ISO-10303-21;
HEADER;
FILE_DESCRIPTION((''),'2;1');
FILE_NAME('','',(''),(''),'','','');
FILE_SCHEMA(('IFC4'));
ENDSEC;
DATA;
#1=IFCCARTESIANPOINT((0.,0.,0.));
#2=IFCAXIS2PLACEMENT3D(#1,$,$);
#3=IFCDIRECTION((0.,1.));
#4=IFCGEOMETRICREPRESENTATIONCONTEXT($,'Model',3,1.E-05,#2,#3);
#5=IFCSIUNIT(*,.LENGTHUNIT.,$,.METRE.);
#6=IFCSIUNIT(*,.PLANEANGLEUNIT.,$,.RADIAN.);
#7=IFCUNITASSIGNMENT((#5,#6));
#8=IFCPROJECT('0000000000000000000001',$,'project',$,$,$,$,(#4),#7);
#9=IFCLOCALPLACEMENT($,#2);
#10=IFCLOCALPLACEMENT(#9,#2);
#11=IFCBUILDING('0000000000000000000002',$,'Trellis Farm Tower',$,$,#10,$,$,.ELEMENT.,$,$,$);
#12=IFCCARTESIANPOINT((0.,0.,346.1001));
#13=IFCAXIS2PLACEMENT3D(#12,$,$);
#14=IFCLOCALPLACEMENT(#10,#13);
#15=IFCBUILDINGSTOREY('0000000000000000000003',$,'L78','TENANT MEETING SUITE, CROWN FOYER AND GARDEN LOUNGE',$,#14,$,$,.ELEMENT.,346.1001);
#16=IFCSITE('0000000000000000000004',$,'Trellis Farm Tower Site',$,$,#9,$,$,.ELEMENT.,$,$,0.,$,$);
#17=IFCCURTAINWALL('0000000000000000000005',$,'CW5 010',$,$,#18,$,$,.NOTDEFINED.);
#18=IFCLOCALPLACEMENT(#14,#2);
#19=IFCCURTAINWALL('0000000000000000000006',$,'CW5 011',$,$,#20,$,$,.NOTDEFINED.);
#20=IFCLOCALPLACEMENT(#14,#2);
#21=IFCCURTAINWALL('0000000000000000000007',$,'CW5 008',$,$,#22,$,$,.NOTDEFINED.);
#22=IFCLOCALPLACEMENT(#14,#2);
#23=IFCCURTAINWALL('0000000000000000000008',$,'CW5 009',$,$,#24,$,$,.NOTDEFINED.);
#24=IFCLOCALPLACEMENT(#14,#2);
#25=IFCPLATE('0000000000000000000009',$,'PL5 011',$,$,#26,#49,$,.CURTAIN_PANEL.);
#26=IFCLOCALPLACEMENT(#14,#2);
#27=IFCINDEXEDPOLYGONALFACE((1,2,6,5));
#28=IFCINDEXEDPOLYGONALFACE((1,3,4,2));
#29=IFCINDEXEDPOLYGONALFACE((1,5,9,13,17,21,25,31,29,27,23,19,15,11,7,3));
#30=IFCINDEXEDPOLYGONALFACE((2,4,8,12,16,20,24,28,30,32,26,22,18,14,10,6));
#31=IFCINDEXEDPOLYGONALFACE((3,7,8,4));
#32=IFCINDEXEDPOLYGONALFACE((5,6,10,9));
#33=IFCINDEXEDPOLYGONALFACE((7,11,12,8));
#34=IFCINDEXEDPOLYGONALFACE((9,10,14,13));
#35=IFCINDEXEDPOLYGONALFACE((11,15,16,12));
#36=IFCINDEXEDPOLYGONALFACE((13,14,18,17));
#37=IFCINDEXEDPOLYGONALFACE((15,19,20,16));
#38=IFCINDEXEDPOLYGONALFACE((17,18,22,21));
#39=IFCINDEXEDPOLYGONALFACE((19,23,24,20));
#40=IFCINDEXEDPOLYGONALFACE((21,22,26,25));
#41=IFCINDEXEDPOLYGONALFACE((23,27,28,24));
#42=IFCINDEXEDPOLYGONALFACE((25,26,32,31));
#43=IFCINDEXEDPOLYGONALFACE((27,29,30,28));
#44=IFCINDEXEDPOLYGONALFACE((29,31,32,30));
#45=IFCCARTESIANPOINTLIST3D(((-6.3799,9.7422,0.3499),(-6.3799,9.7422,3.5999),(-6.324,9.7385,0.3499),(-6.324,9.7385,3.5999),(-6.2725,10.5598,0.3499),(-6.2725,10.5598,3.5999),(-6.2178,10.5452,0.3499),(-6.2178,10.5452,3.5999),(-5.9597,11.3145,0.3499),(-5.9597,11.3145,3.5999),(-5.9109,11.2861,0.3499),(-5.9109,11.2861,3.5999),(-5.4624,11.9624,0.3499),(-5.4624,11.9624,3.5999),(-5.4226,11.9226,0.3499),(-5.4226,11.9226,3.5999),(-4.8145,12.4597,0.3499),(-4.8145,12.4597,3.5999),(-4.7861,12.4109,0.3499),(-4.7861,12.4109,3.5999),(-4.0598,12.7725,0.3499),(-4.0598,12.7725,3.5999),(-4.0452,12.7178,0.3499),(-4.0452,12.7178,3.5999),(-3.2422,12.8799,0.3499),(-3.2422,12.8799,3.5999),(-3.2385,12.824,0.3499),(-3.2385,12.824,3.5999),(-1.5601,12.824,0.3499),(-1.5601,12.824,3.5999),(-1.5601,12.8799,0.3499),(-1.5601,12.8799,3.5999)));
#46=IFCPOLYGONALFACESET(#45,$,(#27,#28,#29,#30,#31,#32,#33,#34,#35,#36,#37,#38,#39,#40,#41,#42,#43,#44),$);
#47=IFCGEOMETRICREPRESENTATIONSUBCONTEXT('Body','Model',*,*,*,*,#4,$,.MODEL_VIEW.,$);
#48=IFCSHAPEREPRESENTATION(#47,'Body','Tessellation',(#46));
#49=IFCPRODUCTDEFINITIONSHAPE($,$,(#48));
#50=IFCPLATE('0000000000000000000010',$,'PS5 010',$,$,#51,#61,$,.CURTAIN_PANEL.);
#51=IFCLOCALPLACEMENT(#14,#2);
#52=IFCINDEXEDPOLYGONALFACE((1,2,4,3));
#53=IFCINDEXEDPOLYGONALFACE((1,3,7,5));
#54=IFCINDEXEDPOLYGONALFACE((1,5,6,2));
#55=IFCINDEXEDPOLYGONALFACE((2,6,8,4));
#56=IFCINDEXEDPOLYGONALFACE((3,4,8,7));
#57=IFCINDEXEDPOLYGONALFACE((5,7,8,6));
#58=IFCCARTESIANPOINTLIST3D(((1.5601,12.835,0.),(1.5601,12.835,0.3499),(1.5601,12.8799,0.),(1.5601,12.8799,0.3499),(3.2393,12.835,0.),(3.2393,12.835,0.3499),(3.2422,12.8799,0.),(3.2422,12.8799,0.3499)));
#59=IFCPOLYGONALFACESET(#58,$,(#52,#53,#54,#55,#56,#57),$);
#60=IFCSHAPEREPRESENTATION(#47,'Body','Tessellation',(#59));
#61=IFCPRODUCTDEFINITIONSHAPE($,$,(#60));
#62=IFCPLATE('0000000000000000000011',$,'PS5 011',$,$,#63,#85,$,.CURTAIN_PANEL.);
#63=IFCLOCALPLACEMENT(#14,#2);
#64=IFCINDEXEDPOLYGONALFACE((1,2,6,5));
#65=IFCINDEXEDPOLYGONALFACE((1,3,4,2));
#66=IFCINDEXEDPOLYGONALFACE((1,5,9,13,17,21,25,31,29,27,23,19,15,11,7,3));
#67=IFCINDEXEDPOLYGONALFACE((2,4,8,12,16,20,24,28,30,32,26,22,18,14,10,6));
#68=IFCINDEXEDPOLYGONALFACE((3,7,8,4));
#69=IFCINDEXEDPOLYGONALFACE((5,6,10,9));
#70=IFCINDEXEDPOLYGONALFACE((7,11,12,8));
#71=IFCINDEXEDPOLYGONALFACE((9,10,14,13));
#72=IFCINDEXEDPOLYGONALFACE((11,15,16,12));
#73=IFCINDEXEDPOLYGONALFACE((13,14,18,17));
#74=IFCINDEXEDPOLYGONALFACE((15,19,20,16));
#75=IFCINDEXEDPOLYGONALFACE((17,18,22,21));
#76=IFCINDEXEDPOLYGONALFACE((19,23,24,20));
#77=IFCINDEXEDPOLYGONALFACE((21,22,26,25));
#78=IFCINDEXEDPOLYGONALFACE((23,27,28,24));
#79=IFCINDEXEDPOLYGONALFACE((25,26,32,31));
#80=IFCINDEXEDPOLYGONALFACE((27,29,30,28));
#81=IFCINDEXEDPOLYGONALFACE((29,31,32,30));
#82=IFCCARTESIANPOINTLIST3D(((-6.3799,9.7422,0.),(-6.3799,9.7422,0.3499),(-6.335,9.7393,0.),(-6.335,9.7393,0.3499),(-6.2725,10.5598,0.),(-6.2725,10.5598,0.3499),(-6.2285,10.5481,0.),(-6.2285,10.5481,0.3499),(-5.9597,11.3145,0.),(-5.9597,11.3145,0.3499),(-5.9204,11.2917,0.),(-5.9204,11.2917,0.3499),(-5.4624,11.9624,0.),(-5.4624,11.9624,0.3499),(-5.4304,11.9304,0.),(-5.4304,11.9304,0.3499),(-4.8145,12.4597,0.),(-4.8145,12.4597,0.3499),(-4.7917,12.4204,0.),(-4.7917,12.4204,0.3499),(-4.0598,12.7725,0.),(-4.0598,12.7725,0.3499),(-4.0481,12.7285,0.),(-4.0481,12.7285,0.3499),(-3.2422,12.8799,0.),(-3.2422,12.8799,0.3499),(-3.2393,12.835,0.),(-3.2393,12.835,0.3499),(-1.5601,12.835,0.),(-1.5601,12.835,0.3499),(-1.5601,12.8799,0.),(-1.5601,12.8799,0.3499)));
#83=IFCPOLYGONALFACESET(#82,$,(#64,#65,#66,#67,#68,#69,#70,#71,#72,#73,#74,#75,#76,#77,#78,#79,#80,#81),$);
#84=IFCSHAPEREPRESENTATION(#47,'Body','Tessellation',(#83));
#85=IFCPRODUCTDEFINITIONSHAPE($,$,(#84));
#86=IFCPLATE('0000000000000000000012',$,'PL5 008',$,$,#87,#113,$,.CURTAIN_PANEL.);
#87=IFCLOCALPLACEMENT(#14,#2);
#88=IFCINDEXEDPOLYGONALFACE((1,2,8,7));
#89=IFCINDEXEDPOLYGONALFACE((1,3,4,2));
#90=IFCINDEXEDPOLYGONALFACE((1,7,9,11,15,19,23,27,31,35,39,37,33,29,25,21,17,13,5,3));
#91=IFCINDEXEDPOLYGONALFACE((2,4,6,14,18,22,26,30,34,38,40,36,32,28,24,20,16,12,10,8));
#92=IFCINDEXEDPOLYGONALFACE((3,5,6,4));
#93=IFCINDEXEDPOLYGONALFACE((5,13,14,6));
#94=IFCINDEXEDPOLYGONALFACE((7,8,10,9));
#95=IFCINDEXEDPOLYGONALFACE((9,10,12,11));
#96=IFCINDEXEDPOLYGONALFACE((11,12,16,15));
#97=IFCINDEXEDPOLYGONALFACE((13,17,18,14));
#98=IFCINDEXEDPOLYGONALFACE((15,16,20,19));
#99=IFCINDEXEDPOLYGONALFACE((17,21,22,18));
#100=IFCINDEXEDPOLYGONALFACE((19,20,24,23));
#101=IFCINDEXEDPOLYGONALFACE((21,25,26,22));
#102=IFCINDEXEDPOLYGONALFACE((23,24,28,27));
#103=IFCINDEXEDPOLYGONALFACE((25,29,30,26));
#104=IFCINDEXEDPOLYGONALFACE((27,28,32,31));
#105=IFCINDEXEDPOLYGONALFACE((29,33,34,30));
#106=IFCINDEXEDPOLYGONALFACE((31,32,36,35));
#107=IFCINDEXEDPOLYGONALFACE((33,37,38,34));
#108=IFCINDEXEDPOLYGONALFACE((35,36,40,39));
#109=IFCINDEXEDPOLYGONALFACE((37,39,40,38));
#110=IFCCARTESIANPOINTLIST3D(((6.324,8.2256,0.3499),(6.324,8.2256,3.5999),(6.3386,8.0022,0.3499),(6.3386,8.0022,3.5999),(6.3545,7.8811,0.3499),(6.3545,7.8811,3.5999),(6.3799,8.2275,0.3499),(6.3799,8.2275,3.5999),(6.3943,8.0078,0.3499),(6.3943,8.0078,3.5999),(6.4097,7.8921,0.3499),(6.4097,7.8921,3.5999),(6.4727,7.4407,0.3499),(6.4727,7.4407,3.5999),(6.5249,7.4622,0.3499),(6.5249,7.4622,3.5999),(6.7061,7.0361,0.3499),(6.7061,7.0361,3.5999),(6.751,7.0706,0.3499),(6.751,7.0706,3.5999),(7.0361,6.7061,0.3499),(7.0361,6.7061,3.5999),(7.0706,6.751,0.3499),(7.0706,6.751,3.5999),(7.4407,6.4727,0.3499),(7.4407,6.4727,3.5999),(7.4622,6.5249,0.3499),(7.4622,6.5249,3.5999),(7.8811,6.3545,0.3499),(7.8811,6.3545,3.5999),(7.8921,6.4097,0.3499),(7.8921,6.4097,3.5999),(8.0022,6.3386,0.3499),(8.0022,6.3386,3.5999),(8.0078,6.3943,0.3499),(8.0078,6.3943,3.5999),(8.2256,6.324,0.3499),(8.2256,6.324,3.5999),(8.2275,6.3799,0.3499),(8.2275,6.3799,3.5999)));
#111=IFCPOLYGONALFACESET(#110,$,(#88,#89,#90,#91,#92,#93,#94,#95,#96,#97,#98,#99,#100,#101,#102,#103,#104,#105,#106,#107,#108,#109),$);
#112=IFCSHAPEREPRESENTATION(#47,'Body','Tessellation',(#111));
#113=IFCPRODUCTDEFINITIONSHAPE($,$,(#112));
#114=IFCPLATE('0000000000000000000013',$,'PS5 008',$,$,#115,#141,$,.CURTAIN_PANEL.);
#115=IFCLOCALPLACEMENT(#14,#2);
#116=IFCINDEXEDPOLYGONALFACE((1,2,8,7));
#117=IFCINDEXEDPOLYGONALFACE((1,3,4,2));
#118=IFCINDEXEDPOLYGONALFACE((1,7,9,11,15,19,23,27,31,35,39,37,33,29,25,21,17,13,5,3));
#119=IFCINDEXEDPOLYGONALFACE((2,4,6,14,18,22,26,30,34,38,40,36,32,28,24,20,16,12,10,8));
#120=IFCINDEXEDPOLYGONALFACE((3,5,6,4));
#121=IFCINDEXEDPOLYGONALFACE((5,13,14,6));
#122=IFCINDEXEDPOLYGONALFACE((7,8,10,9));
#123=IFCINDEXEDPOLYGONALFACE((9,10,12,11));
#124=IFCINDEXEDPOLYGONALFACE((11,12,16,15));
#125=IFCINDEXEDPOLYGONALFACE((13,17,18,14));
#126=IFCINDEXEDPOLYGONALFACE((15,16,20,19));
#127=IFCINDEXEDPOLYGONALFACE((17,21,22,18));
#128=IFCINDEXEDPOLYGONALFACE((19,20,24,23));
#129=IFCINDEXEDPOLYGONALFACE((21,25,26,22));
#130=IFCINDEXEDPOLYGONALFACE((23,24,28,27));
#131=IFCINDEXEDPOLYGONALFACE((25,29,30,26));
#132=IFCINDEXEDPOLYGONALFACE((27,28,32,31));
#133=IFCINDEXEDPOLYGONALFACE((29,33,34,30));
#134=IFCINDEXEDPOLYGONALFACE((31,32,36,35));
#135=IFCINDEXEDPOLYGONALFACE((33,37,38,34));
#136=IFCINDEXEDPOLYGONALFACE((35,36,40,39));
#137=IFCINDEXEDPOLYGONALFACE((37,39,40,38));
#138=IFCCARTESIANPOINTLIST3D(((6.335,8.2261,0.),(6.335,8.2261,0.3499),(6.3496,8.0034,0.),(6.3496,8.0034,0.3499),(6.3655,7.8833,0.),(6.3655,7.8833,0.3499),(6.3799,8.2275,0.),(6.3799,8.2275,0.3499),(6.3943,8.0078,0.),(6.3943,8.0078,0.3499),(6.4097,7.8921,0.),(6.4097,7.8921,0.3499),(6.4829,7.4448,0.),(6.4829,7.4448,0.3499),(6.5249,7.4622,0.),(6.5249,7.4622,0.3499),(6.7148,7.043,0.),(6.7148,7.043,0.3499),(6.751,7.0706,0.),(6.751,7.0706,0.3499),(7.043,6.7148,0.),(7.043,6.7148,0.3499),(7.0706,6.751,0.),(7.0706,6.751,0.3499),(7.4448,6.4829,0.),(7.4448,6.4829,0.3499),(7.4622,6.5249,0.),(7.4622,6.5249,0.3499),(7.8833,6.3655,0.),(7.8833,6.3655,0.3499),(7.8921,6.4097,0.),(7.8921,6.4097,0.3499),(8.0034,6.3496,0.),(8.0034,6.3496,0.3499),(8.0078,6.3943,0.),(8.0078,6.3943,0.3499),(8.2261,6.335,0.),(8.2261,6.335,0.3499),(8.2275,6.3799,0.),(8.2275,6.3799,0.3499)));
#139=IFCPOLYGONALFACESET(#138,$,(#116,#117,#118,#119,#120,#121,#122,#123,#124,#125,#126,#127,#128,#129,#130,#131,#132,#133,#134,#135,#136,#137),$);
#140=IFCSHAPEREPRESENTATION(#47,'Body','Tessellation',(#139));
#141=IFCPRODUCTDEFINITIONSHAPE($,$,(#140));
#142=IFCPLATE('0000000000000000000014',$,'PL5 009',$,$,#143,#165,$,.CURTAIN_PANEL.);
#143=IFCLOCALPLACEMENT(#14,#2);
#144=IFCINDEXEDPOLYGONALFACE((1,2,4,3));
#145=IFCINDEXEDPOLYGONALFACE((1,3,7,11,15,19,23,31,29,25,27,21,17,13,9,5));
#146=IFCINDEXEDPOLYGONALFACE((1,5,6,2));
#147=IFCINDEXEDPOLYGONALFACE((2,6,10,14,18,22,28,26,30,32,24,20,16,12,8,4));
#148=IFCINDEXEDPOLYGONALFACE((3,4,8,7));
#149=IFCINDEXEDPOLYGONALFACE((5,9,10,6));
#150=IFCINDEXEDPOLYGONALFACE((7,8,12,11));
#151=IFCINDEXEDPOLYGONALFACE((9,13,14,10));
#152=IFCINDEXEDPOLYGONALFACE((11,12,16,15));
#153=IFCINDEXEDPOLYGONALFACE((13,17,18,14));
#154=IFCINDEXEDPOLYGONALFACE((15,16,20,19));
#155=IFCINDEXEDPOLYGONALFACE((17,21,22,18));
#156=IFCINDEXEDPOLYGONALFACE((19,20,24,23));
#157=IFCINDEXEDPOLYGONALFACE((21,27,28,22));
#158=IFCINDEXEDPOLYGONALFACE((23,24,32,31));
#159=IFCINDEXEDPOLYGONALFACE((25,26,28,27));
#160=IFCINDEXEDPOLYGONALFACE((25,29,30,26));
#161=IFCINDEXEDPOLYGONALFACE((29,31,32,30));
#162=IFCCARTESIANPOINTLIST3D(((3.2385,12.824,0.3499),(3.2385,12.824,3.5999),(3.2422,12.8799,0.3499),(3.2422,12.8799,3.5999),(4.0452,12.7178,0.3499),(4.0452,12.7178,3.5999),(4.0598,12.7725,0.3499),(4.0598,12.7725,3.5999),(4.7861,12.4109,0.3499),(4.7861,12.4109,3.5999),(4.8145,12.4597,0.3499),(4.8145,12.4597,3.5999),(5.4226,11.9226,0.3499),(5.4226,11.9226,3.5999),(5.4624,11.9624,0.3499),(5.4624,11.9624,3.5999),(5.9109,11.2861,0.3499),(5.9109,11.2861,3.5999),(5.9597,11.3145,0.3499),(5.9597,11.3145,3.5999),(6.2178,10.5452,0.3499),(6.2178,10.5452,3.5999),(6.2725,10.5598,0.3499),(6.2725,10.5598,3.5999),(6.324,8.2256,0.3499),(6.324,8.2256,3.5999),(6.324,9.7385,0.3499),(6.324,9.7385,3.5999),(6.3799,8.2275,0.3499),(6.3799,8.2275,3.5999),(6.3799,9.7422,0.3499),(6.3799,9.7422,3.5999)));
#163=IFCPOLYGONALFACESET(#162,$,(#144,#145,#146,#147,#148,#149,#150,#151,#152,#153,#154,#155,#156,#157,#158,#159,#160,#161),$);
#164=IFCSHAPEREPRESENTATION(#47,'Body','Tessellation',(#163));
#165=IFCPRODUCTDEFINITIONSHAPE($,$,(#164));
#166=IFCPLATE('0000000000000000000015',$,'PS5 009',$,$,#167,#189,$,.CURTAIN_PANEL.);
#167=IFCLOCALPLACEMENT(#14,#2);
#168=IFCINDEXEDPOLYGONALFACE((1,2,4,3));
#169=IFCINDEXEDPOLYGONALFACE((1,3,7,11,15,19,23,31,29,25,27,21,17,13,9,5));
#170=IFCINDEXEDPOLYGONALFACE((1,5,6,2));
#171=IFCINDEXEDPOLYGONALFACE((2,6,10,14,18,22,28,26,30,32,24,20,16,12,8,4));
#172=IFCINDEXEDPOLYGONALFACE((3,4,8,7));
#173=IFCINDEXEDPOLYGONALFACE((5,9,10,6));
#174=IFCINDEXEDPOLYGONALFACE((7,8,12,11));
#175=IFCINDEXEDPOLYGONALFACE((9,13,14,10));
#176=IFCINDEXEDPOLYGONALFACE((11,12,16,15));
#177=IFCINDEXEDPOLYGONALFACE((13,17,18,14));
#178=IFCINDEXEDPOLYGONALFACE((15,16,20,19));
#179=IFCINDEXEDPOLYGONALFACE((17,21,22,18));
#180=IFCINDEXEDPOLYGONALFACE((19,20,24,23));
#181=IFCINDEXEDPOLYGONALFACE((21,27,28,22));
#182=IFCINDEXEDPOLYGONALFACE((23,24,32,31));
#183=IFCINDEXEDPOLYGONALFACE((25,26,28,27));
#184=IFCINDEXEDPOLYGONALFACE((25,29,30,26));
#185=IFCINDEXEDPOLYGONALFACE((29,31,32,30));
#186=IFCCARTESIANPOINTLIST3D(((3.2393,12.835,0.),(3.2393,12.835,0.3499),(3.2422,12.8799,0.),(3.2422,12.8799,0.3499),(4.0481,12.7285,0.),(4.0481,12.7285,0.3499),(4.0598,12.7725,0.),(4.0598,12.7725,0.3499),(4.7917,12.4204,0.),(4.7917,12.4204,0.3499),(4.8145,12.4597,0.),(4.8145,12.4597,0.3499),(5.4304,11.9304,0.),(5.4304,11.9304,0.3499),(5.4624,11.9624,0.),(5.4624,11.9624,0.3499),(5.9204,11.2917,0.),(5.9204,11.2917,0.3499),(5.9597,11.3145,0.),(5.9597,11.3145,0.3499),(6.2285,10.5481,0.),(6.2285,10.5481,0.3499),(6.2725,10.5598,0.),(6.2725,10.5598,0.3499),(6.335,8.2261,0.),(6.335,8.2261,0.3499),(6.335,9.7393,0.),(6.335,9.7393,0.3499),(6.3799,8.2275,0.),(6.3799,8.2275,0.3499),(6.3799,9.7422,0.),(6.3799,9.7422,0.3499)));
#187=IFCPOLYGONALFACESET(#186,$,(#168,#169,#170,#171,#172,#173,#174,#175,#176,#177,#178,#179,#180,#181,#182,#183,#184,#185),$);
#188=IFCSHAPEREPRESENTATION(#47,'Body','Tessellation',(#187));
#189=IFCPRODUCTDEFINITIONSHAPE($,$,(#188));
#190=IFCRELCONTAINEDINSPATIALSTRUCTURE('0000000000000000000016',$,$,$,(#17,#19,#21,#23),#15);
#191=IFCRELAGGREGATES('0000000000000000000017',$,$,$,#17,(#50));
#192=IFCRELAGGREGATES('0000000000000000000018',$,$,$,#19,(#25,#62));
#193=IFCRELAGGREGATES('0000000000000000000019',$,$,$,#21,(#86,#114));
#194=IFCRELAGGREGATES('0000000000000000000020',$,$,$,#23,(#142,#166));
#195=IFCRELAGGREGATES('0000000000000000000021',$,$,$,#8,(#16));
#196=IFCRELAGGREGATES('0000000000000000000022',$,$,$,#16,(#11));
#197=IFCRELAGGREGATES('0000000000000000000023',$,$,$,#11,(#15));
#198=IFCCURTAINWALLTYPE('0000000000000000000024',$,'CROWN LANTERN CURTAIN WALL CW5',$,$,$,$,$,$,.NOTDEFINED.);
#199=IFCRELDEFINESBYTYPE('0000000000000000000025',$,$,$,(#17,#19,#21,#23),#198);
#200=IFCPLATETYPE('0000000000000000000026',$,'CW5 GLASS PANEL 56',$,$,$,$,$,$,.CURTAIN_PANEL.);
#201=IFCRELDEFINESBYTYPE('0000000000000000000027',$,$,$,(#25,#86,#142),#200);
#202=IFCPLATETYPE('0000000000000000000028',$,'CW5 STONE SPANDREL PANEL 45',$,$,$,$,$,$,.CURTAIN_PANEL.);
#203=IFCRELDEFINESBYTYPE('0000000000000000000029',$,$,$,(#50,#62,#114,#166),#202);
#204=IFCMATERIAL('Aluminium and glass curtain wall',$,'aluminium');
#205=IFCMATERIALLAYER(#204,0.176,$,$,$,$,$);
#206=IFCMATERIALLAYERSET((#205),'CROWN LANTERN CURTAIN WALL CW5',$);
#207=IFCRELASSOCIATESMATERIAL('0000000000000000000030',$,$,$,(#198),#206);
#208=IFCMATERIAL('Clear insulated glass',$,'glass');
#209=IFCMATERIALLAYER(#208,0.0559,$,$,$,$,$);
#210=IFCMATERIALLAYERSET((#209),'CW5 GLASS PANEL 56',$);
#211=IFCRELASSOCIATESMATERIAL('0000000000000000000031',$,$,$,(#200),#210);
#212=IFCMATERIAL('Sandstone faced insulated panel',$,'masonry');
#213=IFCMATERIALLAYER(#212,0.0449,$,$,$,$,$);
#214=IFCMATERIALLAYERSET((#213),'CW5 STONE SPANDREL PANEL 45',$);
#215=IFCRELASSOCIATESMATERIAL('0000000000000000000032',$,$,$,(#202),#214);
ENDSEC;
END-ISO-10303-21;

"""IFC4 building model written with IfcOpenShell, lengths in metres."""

from ifc_helpers import new_model, si_unit, direction, frame, origin, place, context, subcontext, project, spatial, polyline, outline, extrude, source, transform, mapped, material, layer, layer_set, type_object, element, aggregate, save


model = new_model("IFC4")

# Units and contexts
model_context = context("Model", 3, precision=1e-05, world=origin(), true_north=direction((0.0, 1.0)))
body_context = subcontext(model_context, "Body", "Model", "MODEL_VIEW")
ifc_project = project(units=[si_unit("LENGTHUNIT", "METRE"), si_unit("PLANEANGLEUNIT", "RADIAN")], contexts=[model_context])

# Site, building, storey
site_placement = place(None, origin())
site = spatial("IfcSite", under=ifc_project, at=site_placement, Name="Trellis Farm Tower Site", CompositionType="ELEMENT", RefElevation=0.0)
building_placement = place(site_placement, origin())
building = spatial("IfcBuilding", under=site, at=building_placement, Name="Trellis Farm Tower", CompositionType="ELEMENT")
storey_placement = place(building_placement, frame((0.0, 0.0, 346.1001)))
storey = spatial("IfcBuildingStorey", under=building, at=storey_placement, Name="L78", Description="TENANT MEETING SUITE, CROWN FOYER AND GARDEN LOUNGE", CompositionType="ELEMENT", Elevation=346.1001)

# Curtain walls
ifc_material_1 = material(Name="Aluminium and glass curtain wall", Category="aluminium")
ifc_layer_1 = layer(ifc_material_1, 0.176)
ifc_layer_set_1 = layer_set([ifc_layer_1], Name="CROWN LANTERN CURTAIN WALL CW5")
curtain_wall_type = type_object("IfcCurtainWallType", Name="CROWN LANTERN CURTAIN WALL CW5", PredefinedType="NOTDEFINED", material=ifc_layer_set_1)
placement_1 = place(storey_placement, origin())
curtain_wall_1 = element("IfcCurtainWall", 1, at=placement_1, inside=storey, type_object=curtain_wall_type, Name="CW5 010", PredefinedType="NOTDEFINED")
curtain_wall_2 = element("IfcCurtainWall", 2, at=placement_1, inside=storey, type_object=curtain_wall_type, Name="CW5 011", PredefinedType="NOTDEFINED")

# Curtain walls
curtain_wall_3 = element("IfcCurtainWall", 3, at=placement_1, inside=storey, type_object=curtain_wall_type, Name="CW5 008", PredefinedType="NOTDEFINED")
curtain_wall_4 = element("IfcCurtainWall", 4, at=placement_1, inside=storey, type_object=curtain_wall_type, Name="CW5 009", PredefinedType="NOTDEFINED")

# Plates
ifc_material_2 = material(Name="Clear insulated glass", Category="glass")
ifc_layer_2 = layer(ifc_material_2, 0.0559)
ifc_layer_set_2 = layer_set([ifc_layer_2], Name="CW5 GLASS PANEL 56")
plate_type_1 = type_object("IfcPlateType", Name="CW5 GLASS PANEL 56", PredefinedType="CURTAIN_PANEL", material=ifc_layer_set_2)
placement_2 = place(storey_placement, frame((0.0, 0.0, 0.3499)))
plate_1 = element("IfcPlate", 5, at=placement_2, type_object=plate_type_1, Name="PL5 011", PredefinedType="CURTAIN_PANEL", context=body_context, shape_type="SweptSolid", body=[
    extrude(outline(polyline([(-1.5601, 12.8799), (-3.2422, 12.8799), (-4.0598, 12.7725), (-4.8145, 12.4597), (-5.4624, 11.9624), (-5.9597, 11.3145), (-6.2725, 10.5598), (-6.3799, 9.7422), (-6.324, 9.7385), (-6.2178, 10.5452), (-5.9109, 11.2861), (-5.4226, 11.9226), (-4.7861, 12.4109), (-4.0452, 12.7178), (-3.2385, 12.824), (-1.5601, 12.824), (-1.5601, 12.8799)])), origin(), (0.0, 0.0, 1.0), 3.25),
])
ifc_material_3 = material(Name="Sandstone faced insulated panel", Category="masonry")
ifc_layer_3 = layer(ifc_material_3, 0.0449)
ifc_layer_set_3 = layer_set([ifc_layer_3], Name="CW5 STONE SPANDREL PANEL 45")
plate_type_2 = type_object("IfcPlateType", Name="CW5 STONE SPANDREL PANEL 45", PredefinedType="CURTAIN_PANEL", material=ifc_layer_set_3)
plate_2 = element("IfcPlate", 6, at=placement_1, type_object=plate_type_2, Name="PS5 010", PredefinedType="CURTAIN_PANEL", context=body_context, shape_type="SweptSolid", body=[
    extrude(outline(polyline([(3.2422, 12.8799), (1.5601, 12.8799), (1.5601, 12.835), (3.2393, 12.835), (3.2422, 12.8799)])), origin(), (0.0, 0.0, 1.0), 0.3499),
])
aggregate(curtain_wall_1, [plate_2])
plate_3 = element("IfcPlate", 7, at=placement_1, type_object=plate_type_2, Name="PS5 011", PredefinedType="CURTAIN_PANEL", context=body_context, shape_type="SweptSolid", body=[
    extrude(outline(polyline([(-1.5601, 12.8799), (-3.2422, 12.8799), (-4.0598, 12.7725), (-4.8145, 12.4597), (-5.4624, 11.9624), (-5.9597, 11.3145), (-6.2725, 10.5598), (-6.3799, 9.7422), (-6.335, 9.7393), (-6.2285, 10.5481), (-5.9204, 11.2917), (-5.4304, 11.9304), (-4.7917, 12.4204), (-4.0481, 12.7285), (-3.2393, 12.835), (-1.5601, 12.835), (-1.5601, 12.8799)])), origin(), (0.0, 0.0, 1.0), 0.3499),
])
aggregate(curtain_wall_2, [plate_1, plate_3])
shared_shape_1 = source(origin(), body_context, "Body", "SweptSolid", [
    extrude(outline(polyline([(8.2275, 6.3799), (8.0078, 6.3943), (7.8921, 6.4097), (7.4622, 6.5249), (7.0706, 6.751), (6.751, 7.0706), (6.5249, 7.4622), (6.4097, 7.8921), (6.3943, 8.0078), (6.3799, 8.2275), (6.324, 8.2256), (6.3386, 8.0022), (6.3545, 7.8811), (6.4727, 7.4407), (6.7061, 7.0361), (7.0361, 6.7061), (7.4407, 6.4727), (7.8811, 6.3545), (8.0022, 6.3386), (8.2256, 6.324), (8.2275, 6.3799)])), origin(), (0.0, 0.0, 1.0), 3.25),
])
plate_4 = element("IfcPlate", 8, at=placement_2, type_object=plate_type_1, Name="PL5 008", PredefinedType="CURTAIN_PANEL", context=body_context, shape_type="MappedRepresentation", body=[
    mapped(shared_shape_1, transform((0.0, 0.0, 0.0))),
])
shared_shape_2 = source(origin(), body_context, "Body", "SweptSolid", [
    extrude(outline(polyline([(8.2275, 6.3799), (8.0078, 6.3943), (7.8921, 6.4097), (7.4622, 6.5249), (7.0706, 6.751), (6.751, 7.0706), (6.5249, 7.4622), (6.4097, 7.8921), (6.3943, 8.0078), (6.3799, 8.2275), (6.335, 8.2261), (6.3496, 8.0034), (6.3655, 7.8833), (6.4829, 7.4448), (6.7148, 7.043), (7.043, 6.7148), (7.4448, 6.4829), (7.8833, 6.3655), (8.0034, 6.3496), (8.2261, 6.335), (8.2275, 6.3799)])), origin(), (0.0, 0.0, 1.0), 0.3499),
])
plate_5 = element("IfcPlate", 9, at=placement_1, type_object=plate_type_2, Name="PS5 008", PredefinedType="CURTAIN_PANEL", context=body_context, shape_type="MappedRepresentation", body=[
    mapped(shared_shape_2, transform((0.0, 0.0, 0.0))),
])
aggregate(curtain_wall_3, [plate_4, plate_5])
shared_shape_3 = source(origin(), body_context, "Body", "SweptSolid", [
    extrude(outline(polyline([(6.3799, 8.2275), (6.3799, 9.7422), (6.2725, 10.5598), (5.9597, 11.3145), (5.4624, 11.9624), (4.8145, 12.4597), (4.0598, 12.7725), (3.2422, 12.8799), (3.2385, 12.824), (4.0452, 12.7178), (4.7861, 12.4109), (5.4226, 11.9226), (5.9109, 11.2861), (6.2178, 10.5452), (6.324, 9.7385), (6.324, 8.2256), (6.3799, 8.2275)])), origin(), (0.0, 0.0, 1.0), 3.25),
])
plate_6 = element("IfcPlate", 10, at=placement_2, type_object=plate_type_1, Name="PL5 009", PredefinedType="CURTAIN_PANEL", context=body_context, shape_type="MappedRepresentation", body=[
    mapped(shared_shape_3, transform((0.0, 0.0, 0.0))),
])
shared_shape_4 = source(origin(), body_context, "Body", "SweptSolid", [
    extrude(outline(polyline([(6.3799, 8.2275), (6.3799, 9.7422), (6.2725, 10.5598), (5.9597, 11.3145), (5.4624, 11.9624), (4.8145, 12.4597), (4.0598, 12.7725), (3.2422, 12.8799), (3.2393, 12.835), (4.0481, 12.7285), (4.7917, 12.4204), (5.4304, 11.9304), (5.9204, 11.2917), (6.2285, 10.5481), (6.335, 9.7393), (6.335, 8.2261), (6.3799, 8.2275)])), origin(), (0.0, 0.0, 1.0), 0.3499),
])
plate_7 = element("IfcPlate", 11, at=placement_1, type_object=plate_type_2, Name="PS5 009", PredefinedType="CURTAIN_PANEL", context=body_context, shape_type="MappedRepresentation", body=[
    mapped(shared_shape_4, transform((0.0, 0.0, 0.0))),
])
aggregate(curtain_wall_4, [plate_6, plate_7])

save(model, "model.ifc")
